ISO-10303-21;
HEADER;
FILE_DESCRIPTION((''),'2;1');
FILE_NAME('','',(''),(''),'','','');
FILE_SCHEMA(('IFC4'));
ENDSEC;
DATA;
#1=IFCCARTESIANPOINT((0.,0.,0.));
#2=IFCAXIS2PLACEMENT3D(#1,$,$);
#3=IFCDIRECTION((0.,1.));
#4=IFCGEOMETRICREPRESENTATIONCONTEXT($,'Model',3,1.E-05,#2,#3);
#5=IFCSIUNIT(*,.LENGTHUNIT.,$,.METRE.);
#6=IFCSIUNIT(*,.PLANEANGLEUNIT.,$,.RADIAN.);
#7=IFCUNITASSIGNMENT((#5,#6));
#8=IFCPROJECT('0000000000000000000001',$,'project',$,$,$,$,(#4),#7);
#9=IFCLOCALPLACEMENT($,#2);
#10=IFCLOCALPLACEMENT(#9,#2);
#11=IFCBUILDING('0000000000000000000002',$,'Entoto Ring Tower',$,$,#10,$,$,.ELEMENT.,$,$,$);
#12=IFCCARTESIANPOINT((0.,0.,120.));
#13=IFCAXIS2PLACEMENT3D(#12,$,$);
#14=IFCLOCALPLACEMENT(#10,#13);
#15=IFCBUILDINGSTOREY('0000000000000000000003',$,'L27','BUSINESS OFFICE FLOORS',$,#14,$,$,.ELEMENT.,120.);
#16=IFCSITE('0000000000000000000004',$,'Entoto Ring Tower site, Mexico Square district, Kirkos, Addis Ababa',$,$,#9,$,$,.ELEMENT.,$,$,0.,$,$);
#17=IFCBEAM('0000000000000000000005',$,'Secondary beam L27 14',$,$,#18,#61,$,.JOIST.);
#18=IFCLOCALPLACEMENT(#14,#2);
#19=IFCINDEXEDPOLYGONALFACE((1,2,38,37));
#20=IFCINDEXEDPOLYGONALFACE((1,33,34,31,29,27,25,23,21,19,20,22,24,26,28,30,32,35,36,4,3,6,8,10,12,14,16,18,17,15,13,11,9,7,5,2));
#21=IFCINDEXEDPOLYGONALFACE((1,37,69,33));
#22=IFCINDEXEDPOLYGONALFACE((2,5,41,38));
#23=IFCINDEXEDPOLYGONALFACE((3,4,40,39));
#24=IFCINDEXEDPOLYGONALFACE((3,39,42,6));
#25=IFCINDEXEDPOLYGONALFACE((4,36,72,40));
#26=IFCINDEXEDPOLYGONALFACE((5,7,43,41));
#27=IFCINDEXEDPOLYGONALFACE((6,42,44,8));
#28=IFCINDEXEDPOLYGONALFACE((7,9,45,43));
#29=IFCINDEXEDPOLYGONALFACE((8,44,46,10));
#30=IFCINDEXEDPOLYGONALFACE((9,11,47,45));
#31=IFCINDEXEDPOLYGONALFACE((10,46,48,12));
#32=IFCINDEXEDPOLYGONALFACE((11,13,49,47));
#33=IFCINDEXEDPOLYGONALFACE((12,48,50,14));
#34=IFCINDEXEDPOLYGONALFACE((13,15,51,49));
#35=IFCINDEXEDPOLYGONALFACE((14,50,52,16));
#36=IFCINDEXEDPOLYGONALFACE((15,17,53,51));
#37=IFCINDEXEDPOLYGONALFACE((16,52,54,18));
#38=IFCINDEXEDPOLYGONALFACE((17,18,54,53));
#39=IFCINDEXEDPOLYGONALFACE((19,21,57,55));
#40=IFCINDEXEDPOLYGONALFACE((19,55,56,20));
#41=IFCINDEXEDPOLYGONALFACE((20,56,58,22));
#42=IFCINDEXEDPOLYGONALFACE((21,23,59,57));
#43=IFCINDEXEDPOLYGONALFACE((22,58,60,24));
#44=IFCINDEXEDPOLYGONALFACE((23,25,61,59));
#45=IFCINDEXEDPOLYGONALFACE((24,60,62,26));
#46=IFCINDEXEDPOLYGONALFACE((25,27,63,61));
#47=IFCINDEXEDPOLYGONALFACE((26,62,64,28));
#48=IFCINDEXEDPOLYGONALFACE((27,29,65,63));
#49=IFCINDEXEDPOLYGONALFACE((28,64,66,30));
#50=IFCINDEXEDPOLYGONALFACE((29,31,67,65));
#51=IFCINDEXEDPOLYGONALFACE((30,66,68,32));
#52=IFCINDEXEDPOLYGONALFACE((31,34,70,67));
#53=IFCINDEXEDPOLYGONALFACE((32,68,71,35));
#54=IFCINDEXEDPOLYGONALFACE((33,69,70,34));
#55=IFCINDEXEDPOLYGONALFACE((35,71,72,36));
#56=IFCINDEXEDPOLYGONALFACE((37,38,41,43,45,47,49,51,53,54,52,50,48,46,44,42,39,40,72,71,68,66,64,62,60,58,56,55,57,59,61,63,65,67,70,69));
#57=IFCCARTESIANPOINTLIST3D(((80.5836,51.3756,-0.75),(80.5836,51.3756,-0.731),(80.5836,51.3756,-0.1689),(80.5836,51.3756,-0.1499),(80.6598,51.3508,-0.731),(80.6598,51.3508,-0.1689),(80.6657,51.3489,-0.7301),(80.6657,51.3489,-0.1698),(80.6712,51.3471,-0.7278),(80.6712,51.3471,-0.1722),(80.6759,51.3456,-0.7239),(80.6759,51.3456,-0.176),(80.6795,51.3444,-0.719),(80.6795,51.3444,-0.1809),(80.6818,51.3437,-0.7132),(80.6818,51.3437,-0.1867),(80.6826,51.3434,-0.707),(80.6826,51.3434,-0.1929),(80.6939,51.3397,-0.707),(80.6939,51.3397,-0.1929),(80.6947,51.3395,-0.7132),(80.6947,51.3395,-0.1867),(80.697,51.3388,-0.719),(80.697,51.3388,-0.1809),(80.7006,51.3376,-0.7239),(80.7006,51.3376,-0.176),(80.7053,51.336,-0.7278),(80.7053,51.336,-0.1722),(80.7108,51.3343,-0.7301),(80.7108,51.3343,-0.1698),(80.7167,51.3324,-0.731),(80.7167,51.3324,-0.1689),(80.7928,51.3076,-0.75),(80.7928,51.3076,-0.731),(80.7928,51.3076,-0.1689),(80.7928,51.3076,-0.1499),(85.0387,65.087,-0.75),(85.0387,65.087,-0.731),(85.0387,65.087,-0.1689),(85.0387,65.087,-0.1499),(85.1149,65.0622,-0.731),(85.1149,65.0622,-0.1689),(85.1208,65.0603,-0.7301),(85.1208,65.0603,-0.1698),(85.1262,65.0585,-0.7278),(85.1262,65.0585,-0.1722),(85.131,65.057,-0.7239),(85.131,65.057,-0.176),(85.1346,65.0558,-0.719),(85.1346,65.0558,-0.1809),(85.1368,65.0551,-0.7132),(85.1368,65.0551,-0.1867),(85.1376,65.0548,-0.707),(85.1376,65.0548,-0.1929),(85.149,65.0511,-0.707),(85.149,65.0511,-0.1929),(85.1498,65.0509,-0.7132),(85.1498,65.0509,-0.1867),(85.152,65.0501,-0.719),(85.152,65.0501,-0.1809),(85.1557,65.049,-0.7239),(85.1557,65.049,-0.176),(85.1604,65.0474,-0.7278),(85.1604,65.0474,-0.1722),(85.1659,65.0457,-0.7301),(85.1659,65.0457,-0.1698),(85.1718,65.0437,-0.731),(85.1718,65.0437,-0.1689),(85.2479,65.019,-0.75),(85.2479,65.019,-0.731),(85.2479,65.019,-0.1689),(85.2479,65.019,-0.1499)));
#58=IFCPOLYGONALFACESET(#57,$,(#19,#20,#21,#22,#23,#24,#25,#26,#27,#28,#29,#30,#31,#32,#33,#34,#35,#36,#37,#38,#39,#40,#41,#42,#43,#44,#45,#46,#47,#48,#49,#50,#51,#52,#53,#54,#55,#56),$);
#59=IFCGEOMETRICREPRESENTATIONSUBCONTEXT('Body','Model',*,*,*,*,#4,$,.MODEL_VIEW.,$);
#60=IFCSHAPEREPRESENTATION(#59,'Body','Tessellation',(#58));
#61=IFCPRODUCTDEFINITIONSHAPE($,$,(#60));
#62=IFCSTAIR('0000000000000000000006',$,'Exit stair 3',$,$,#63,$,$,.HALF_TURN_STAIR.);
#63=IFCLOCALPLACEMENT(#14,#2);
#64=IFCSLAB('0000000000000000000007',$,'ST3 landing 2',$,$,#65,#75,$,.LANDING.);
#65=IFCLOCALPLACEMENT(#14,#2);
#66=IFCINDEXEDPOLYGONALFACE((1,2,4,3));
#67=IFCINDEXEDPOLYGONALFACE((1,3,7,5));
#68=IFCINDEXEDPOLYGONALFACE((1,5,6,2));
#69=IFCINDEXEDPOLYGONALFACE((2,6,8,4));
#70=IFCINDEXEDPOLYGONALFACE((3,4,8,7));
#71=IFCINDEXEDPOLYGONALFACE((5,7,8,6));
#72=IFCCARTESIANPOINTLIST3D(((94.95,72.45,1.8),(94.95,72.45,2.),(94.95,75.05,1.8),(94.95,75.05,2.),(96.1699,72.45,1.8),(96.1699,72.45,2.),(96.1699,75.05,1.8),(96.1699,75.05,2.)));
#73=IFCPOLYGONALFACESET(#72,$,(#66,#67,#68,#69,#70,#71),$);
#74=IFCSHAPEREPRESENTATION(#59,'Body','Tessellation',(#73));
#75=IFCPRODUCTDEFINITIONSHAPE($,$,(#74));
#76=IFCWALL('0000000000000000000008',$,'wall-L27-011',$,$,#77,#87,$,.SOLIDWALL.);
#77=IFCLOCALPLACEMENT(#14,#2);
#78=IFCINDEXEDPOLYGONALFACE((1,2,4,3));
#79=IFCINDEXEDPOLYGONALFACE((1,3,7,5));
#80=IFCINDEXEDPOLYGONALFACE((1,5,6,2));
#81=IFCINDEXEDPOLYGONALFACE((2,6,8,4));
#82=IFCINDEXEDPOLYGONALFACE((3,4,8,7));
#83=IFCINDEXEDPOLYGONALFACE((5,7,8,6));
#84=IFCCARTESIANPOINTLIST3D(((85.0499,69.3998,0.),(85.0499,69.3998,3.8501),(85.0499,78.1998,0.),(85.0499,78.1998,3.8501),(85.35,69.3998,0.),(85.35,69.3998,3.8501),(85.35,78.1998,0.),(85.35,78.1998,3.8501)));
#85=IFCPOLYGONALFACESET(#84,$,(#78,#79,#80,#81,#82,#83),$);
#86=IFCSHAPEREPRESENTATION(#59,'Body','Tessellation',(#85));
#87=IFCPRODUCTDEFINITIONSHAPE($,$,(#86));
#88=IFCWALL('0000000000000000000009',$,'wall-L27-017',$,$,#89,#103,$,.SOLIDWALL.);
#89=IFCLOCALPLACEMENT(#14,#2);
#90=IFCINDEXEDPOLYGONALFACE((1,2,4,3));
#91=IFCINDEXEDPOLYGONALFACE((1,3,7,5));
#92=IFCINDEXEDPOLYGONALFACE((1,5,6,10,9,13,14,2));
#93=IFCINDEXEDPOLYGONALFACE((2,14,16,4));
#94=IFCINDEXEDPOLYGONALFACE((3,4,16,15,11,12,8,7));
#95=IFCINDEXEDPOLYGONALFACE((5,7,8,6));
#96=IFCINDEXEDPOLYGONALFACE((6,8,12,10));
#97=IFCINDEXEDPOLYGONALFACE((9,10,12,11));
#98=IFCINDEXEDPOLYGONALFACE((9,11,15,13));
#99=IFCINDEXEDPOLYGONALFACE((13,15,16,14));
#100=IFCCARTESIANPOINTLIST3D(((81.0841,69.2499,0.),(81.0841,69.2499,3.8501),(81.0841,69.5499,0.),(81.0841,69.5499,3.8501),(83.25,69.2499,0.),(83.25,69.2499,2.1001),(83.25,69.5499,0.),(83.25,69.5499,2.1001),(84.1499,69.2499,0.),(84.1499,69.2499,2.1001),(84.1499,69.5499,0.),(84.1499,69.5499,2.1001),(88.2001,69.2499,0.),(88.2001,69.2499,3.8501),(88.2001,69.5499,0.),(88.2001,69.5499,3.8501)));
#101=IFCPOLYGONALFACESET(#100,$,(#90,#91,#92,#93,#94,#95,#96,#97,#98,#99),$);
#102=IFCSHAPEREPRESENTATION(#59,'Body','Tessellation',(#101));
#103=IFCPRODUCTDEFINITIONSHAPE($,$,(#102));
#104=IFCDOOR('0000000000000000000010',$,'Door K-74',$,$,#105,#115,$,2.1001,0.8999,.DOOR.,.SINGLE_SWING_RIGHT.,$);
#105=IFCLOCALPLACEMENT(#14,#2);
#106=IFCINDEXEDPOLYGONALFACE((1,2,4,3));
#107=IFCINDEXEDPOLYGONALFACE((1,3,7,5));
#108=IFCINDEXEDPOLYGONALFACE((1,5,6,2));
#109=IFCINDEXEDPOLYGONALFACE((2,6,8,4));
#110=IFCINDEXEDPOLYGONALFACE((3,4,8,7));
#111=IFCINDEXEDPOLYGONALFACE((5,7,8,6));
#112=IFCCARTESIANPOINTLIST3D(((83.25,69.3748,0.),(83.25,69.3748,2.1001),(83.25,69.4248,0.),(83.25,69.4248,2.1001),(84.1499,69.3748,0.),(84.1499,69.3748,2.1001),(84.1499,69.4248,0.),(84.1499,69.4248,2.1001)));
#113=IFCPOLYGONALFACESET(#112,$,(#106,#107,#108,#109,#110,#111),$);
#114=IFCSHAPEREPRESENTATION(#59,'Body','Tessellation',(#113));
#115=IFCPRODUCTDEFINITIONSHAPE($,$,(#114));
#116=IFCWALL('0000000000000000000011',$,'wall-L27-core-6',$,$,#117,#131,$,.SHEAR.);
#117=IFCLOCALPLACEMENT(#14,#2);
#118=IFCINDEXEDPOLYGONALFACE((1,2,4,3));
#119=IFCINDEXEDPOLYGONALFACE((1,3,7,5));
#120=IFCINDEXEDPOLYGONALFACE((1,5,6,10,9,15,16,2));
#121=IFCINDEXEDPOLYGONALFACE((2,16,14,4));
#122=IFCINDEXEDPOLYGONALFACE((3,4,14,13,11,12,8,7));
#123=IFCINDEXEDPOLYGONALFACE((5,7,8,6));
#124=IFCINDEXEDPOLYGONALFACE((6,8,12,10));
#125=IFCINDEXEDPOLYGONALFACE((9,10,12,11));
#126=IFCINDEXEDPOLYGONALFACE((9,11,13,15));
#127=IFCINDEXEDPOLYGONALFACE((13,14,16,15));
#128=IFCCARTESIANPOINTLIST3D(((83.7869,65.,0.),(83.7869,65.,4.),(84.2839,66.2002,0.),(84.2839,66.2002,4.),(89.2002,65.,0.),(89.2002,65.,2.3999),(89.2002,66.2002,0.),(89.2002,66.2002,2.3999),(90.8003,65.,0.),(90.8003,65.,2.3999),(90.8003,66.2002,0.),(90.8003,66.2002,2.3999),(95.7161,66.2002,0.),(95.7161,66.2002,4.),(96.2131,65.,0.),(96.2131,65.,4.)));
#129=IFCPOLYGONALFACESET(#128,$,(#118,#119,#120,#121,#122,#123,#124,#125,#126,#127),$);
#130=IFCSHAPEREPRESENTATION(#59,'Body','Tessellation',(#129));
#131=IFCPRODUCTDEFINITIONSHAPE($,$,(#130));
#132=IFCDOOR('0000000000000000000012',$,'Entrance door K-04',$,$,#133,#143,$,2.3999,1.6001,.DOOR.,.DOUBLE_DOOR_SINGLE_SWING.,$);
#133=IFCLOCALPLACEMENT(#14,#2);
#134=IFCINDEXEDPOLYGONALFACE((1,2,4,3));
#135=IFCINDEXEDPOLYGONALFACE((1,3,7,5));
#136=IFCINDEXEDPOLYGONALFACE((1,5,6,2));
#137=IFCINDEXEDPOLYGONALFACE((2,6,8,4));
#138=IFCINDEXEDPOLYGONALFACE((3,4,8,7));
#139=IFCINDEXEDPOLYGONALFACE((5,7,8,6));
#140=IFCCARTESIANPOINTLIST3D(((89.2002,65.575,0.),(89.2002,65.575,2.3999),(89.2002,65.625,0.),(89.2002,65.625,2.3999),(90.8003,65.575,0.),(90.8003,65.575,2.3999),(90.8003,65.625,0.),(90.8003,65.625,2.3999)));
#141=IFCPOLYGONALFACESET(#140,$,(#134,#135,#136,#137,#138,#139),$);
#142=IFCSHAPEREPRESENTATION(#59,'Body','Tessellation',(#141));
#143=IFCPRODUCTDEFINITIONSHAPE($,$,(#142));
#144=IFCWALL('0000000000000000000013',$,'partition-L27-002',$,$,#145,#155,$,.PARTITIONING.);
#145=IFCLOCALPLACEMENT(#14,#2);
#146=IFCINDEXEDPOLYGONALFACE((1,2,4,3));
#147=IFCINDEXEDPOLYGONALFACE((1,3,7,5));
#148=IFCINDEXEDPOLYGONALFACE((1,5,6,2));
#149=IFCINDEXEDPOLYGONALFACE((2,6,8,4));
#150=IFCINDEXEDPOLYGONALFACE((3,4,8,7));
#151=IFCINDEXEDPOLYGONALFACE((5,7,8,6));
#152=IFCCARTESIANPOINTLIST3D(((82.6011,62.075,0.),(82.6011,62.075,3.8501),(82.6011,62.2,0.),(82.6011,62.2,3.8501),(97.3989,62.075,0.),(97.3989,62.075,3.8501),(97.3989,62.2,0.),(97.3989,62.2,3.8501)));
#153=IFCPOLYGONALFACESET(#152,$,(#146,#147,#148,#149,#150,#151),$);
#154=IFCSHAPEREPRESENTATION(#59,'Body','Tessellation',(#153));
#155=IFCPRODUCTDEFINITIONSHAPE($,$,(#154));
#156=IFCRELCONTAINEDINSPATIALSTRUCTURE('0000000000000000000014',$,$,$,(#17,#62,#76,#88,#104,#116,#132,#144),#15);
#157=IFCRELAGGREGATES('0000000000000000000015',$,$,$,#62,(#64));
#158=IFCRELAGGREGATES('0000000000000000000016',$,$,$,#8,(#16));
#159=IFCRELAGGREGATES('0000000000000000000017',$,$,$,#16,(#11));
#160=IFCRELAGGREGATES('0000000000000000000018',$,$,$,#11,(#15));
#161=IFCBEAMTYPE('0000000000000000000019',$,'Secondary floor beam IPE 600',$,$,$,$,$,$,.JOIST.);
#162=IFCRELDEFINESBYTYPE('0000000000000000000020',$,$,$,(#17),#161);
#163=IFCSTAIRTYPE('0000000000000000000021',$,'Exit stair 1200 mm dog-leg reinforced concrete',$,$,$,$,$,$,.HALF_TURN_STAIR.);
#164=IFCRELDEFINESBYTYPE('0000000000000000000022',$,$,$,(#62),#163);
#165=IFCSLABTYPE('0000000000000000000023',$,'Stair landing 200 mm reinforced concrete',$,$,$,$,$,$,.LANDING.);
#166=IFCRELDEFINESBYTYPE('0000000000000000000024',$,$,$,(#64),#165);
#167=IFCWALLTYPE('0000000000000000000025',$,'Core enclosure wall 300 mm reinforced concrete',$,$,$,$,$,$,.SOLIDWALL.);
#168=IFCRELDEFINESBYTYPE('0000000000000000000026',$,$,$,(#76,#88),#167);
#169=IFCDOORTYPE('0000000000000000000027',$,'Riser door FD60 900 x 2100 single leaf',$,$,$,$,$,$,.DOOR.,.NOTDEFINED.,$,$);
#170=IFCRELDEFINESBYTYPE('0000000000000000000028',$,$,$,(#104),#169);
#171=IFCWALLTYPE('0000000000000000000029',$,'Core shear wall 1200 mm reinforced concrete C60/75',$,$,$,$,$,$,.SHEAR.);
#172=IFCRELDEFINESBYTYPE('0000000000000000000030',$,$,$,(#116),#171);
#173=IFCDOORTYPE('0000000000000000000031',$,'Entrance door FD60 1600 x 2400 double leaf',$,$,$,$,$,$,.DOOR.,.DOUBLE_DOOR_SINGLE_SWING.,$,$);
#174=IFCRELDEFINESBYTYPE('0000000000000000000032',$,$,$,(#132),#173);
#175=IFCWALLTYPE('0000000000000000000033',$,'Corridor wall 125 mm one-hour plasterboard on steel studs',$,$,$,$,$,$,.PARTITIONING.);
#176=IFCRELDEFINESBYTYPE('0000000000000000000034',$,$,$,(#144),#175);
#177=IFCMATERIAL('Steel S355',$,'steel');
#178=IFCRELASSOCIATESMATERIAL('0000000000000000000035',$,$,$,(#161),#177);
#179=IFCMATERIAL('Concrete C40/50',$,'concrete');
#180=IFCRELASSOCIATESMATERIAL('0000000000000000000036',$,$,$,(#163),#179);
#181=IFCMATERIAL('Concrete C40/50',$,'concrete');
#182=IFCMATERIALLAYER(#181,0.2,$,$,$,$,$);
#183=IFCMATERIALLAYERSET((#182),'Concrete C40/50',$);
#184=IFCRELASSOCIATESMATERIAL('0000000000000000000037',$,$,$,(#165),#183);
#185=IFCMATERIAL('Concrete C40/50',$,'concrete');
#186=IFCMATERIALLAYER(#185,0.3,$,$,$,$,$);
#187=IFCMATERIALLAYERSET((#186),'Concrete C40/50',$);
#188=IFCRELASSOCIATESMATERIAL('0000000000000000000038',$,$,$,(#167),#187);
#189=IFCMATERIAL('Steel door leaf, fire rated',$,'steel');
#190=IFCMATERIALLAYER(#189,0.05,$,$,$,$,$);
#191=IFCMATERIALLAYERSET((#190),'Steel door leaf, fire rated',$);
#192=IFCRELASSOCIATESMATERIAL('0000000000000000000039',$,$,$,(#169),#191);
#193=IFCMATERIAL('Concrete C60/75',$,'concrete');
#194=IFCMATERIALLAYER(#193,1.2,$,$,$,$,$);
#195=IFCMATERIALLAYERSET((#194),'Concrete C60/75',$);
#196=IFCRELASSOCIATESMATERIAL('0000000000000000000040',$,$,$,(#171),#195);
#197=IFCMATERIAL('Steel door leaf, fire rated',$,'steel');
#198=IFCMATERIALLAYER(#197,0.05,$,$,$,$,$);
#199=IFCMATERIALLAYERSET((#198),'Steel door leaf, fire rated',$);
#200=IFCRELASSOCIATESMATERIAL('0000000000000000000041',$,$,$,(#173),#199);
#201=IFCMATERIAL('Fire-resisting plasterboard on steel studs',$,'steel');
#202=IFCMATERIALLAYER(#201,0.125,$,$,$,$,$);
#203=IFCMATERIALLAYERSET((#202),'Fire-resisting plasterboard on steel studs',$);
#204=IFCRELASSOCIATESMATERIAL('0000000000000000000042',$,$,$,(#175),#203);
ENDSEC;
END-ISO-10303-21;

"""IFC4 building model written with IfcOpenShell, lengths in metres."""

from ifc_helpers import new_model, si_unit, direction, frame, frame_2d, origin, origin_2d, place, context, subcontext, project, spatial, polyline, rectangle, i_section, outline, extrude, material, layer, layer_set, material_profile, profile_set, type_object, element, fill, aggregate, save


model = new_model("IFC4")

# Units and contexts
model_context = context("Model", 3, precision=1e-05, world=origin(), true_north=direction((0.0, 1.0)))
body_context = subcontext(model_context, "Body", "Model", "MODEL_VIEW")
ifc_project = project(units=[si_unit("LENGTHUNIT", "METRE"), si_unit("PLANEANGLEUNIT", "RADIAN")], contexts=[model_context])

# Site, building, storey
site_placement = place(None, origin())
site = spatial("IfcSite", under=ifc_project, at=site_placement, Name="Entoto Ring Tower site, Mexico Square district, Kirkos, Addis Ababa", CompositionType="ELEMENT", RefElevation=0.0)
building_placement = place(site_placement, origin())
building = spatial("IfcBuilding", under=site, at=building_placement, Name="Entoto Ring Tower", CompositionType="ELEMENT")
storey_placement = place(building_placement, frame((0.0, 0.0, 120.0)))
storey = spatial("IfcBuildingStorey", under=building, at=storey_placement, Name="L27", Description="BUSINESS OFFICE FLOORS", CompositionType="ELEMENT", Elevation=120.0)

# Beam
ifc_material_1 = material(Name="Steel S355", Category="steel")
ifc_material_profile_1 = material_profile(ifc_material_1, i_section(OverallWidth=0.22, OverallDepth=0.6001, WebThickness=0.012, FlangeThickness=0.019, FilletRadius=0.0239, at=origin_2d()), Name="IPE 600")
ifc_profile_set_1 = profile_set([ifc_material_profile_1], Name="Steel S355")
beam_type_1 = type_object("IfcBeamType", Name="Secondary floor beam IPE 600", PredefinedType="JOIST", material=ifc_profile_set_1)
beam_1_placement = place(storey_placement, frame((85.1433, 65.053, -0.45), z_axis=(-0.309015, -0.951057, 0.0), x_axis=(0.951057, -0.309015, 0.0)))
element("IfcBeam", 1, at=beam_1_placement, inside=storey, type_object=beam_type_1, Name="Secondary beam L27 14", PredefinedType="JOIST", context=body_context, shape_type="SweptSolid", body=[
    extrude(i_section(OverallWidth=0.22, OverallDepth=0.6001, WebThickness=0.012, FlangeThickness=0.019, FilletRadius=0.0239, at=origin_2d()), origin(), (0.0, 0.0, 1.0), 14.417),
])

# Stair, slab
ifc_material_2 = material(Name="Concrete C40/50", Category="concrete")
stair_type = type_object("IfcStairType", Name="Exit stair 1200 mm dog-leg reinforced concrete", PredefinedType="HALF_TURN_STAIR", material=ifc_material_2)
stair_placement = place(storey_placement, origin())
stair = element("IfcStair", 2, at=stair_placement, inside=storey, type_object=stair_type, Name="Exit stair 3", PredefinedType="HALF_TURN_STAIR")
ifc_material_3 = material(Name="Concrete C40/50", Category="concrete")
ifc_layer_1 = layer(ifc_material_3, 0.2)
ifc_layer_set_1 = layer_set([ifc_layer_1], Name="Concrete C40/50")
slab_type_1 = type_object("IfcSlabType", Name="Stair landing 200 mm reinforced concrete", PredefinedType="LANDING", material=ifc_layer_set_1)
slab_1_placement = place(storey_placement, frame((0.0, 0.0, 1.8)))
slab_1 = element("IfcSlab", 3, at=slab_1_placement, type_object=slab_type_1, Name="ST3 landing 2", PredefinedType="LANDING", context=body_context, shape_type="SweptSolid", body=[
    extrude(outline(polyline([(94.95, 72.45), (96.1699, 72.45), (96.1699, 75.05), (94.95, 75.05), (94.95, 72.45)])), origin(), (0.0, 0.0, 1.0), 0.2),
])
aggregate(stair, [slab_1])

# Wall
ifc_material_4 = material(Name="Concrete C40/50", Category="concrete")
ifc_layer_2 = layer(ifc_material_4, 0.3)
ifc_layer_set_2 = layer_set([ifc_layer_2], Name="Concrete C40/50")
wall_type_1 = type_object("IfcWallType", Name="Core enclosure wall 300 mm reinforced concrete", PredefinedType="SOLIDWALL", material=ifc_layer_set_2)
wall_1_placement = place(storey_placement, frame((85.2, 69.3999, 0.0), z_axis=(0.0, 0.0, 1.0), x_axis=(0.0, 1.0, 0.0)))
element("IfcWall", 4, at=wall_1_placement, inside=storey, type_object=wall_type_1, Name="wall-L27-011", PredefinedType="SOLIDWALL", context=body_context, shape_type="SweptSolid", body=[
    extrude(rectangle(XDim=8.8, YDim=0.3, at=frame_2d((4.3999, 0.0))), origin(), (0.0, 0.0, 1.0), 3.8501),
])

# Walls, openings, doors
wall_2_placement = place(storey_placement, frame((81.084, 69.3999, 0.0), z_axis=(0.0, 0.0, 1.0), x_axis=(1.0, 0.0, 0.0)))
wall_2 = element("IfcWall", 5, at=wall_2_placement, inside=storey, type_object=wall_type_1, Name="wall-L27-017", PredefinedType="SOLIDWALL", context=body_context, shape_type="SweptSolid", body=[
    extrude(rectangle(XDim=7.116, YDim=0.3, at=frame_2d((3.5581, 0.0))), origin(), (0.0, 0.0, 1.0), 3.8501),
])
opening_1_placement = place(wall_2_placement, frame((2.166, 0.0, 0.0)))
opening_1 = element("IfcOpeningElement", 6, at=opening_1_placement, cuts=wall_2, PredefinedType="OPENING", context=body_context, shape_type="SweptSolid", body=[
    extrude(rectangle(XDim=0.8999, YDim=2.1001, at=frame_2d((0.45, 1.05))), frame((0.0, 0.1602, 0.0), z_axis=(0.0, -1.0, 0.0), x_axis=(1.0, 0.0, 0.0)), (0.0, 0.0, 1.0), 0.3201),
])
ifc_material_5 = material(Name="Steel door leaf, fire rated", Category="steel")
ifc_layer_3 = layer(ifc_material_5, 0.05)
ifc_layer_set_3 = layer_set([ifc_layer_3], Name="Steel door leaf, fire rated")
door_type_1 = type_object("IfcDoorType", Name="Riser door FD60 900 x 2100 single leaf", OperationType="NOTDEFINED", PredefinedType="DOOR", material=ifc_layer_set_3)
door_1_placement = place(opening_1_placement, origin())
door_1 = element("IfcDoor", 7, at=door_1_placement, inside=storey, type_object=door_type_1, Name="Door K-74", OperationType="SINGLE_SWING_RIGHT", OverallHeight=2.1001, OverallWidth=0.8999, PredefinedType="DOOR", context=body_context, shape_type="SweptSolid", body=[
    extrude(rectangle(XDim=0.8999, YDim=2.1001, at=frame_2d((0.45, 1.05))), frame((0.0, 0.0249, 0.0), z_axis=(0.0, -1.0, 0.0), x_axis=(1.0, 0.0, 0.0)), (0.0, 0.0, 1.0), 0.05),
])
fill(opening_1, door_1)
ifc_material_6 = material(Name="Concrete C60/75", Category="concrete")
ifc_layer_4 = layer(ifc_material_6, 1.2)
ifc_layer_set_4 = layer_set([ifc_layer_4], Name="Concrete C60/75")
wall_type_2 = type_object("IfcWallType", Name="Core shear wall 1200 mm reinforced concrete C60/75", PredefinedType="SHEAR", material=ifc_layer_set_4)
wall_3_placement = place(storey_placement, frame((84.0354, 65.6001, 0.0), z_axis=(0.0, 0.0, 1.0), x_axis=(1.0, 0.0, 0.0)))
wall_3 = element("IfcWall", 8, at=wall_3_placement, inside=storey, type_object=wall_type_2, Name="wall-L27-core-6", PredefinedType="SHEAR", context=body_context, shape_type="SweptSolid", body=[
    extrude(outline(polyline([(-0.2485, -0.6001), (12.1777, -0.6001), (11.6807, 0.6001), (0.2485, 0.6001), (-0.2485, -0.6001)])), origin(), (0.0, 0.0, 1.0), 4.0),
])
opening_2_placement = place(wall_3_placement, frame((5.1648, 0.0, 0.0)))
opening_2 = element("IfcOpeningElement", 9, at=opening_2_placement, cuts=wall_3, PredefinedType="OPENING", context=body_context, shape_type="SweptSolid", body=[
    extrude(rectangle(XDim=1.6001, YDim=2.3999, at=frame_2d((0.8, 1.2))), frame((0.0, 0.6099, 0.0), z_axis=(0.0, -1.0, 0.0), x_axis=(1.0, 0.0, 0.0)), (0.0, 0.0, 1.0), 1.22),
])
ifc_material_7 = material(Name="Steel door leaf, fire rated", Category="steel")
ifc_layer_5 = layer(ifc_material_7, 0.05)
ifc_layer_set_5 = layer_set([ifc_layer_5], Name="Steel door leaf, fire rated")
door_type_2 = type_object("IfcDoorType", Name="Entrance door FD60 1600 x 2400 double leaf", OperationType="DOUBLE_DOOR_SINGLE_SWING", PredefinedType="DOOR", material=ifc_layer_set_5)
door_2_placement = place(opening_2_placement, origin())
door_2 = element("IfcDoor", 10, at=door_2_placement, inside=storey, type_object=door_type_2, Name="Entrance door K-04", OperationType="DOUBLE_DOOR_SINGLE_SWING", OverallHeight=2.3999, OverallWidth=1.6001, PredefinedType="DOOR", context=body_context, shape_type="SweptSolid", body=[
    extrude(rectangle(XDim=1.6001, YDim=2.3999, at=frame_2d((0.8, 1.2))), frame((0.0, 0.0249, 0.0), z_axis=(0.0, -1.0, 0.0), x_axis=(1.0, 0.0, 0.0)), (0.0, 0.0, 1.0), 0.05),
])
fill(opening_2, door_2)

# Wall
ifc_material_8 = material(Name="Fire-resisting plasterboard on steel studs", Category="steel")
ifc_layer_6 = layer(ifc_material_8, 0.125)
ifc_layer_set_6 = layer_set([ifc_layer_6], Name="Fire-resisting plasterboard on steel studs")
wall_type_3 = type_object("IfcWallType", Name="Corridor wall 125 mm one-hour plasterboard on steel studs", PredefinedType="PARTITIONING", material=ifc_layer_set_6)
wall_4_placement = place(storey_placement, frame((82.6011, 62.1375, 0.0), z_axis=(0.0, 0.0, 1.0), x_axis=(1.0, 0.0, 0.0)))
element("IfcWall", 11, at=wall_4_placement, inside=storey, type_object=wall_type_3, Name="partition-L27-002", PredefinedType="PARTITIONING", context=body_context, shape_type="SweptSolid", body=[
    extrude(rectangle(XDim=14.7979, YDim=0.125, at=frame_2d((7.3989, 0.0))), origin(), (0.0, 0.0, 1.0), 3.8501),
])

save(model, "model.ifc")
